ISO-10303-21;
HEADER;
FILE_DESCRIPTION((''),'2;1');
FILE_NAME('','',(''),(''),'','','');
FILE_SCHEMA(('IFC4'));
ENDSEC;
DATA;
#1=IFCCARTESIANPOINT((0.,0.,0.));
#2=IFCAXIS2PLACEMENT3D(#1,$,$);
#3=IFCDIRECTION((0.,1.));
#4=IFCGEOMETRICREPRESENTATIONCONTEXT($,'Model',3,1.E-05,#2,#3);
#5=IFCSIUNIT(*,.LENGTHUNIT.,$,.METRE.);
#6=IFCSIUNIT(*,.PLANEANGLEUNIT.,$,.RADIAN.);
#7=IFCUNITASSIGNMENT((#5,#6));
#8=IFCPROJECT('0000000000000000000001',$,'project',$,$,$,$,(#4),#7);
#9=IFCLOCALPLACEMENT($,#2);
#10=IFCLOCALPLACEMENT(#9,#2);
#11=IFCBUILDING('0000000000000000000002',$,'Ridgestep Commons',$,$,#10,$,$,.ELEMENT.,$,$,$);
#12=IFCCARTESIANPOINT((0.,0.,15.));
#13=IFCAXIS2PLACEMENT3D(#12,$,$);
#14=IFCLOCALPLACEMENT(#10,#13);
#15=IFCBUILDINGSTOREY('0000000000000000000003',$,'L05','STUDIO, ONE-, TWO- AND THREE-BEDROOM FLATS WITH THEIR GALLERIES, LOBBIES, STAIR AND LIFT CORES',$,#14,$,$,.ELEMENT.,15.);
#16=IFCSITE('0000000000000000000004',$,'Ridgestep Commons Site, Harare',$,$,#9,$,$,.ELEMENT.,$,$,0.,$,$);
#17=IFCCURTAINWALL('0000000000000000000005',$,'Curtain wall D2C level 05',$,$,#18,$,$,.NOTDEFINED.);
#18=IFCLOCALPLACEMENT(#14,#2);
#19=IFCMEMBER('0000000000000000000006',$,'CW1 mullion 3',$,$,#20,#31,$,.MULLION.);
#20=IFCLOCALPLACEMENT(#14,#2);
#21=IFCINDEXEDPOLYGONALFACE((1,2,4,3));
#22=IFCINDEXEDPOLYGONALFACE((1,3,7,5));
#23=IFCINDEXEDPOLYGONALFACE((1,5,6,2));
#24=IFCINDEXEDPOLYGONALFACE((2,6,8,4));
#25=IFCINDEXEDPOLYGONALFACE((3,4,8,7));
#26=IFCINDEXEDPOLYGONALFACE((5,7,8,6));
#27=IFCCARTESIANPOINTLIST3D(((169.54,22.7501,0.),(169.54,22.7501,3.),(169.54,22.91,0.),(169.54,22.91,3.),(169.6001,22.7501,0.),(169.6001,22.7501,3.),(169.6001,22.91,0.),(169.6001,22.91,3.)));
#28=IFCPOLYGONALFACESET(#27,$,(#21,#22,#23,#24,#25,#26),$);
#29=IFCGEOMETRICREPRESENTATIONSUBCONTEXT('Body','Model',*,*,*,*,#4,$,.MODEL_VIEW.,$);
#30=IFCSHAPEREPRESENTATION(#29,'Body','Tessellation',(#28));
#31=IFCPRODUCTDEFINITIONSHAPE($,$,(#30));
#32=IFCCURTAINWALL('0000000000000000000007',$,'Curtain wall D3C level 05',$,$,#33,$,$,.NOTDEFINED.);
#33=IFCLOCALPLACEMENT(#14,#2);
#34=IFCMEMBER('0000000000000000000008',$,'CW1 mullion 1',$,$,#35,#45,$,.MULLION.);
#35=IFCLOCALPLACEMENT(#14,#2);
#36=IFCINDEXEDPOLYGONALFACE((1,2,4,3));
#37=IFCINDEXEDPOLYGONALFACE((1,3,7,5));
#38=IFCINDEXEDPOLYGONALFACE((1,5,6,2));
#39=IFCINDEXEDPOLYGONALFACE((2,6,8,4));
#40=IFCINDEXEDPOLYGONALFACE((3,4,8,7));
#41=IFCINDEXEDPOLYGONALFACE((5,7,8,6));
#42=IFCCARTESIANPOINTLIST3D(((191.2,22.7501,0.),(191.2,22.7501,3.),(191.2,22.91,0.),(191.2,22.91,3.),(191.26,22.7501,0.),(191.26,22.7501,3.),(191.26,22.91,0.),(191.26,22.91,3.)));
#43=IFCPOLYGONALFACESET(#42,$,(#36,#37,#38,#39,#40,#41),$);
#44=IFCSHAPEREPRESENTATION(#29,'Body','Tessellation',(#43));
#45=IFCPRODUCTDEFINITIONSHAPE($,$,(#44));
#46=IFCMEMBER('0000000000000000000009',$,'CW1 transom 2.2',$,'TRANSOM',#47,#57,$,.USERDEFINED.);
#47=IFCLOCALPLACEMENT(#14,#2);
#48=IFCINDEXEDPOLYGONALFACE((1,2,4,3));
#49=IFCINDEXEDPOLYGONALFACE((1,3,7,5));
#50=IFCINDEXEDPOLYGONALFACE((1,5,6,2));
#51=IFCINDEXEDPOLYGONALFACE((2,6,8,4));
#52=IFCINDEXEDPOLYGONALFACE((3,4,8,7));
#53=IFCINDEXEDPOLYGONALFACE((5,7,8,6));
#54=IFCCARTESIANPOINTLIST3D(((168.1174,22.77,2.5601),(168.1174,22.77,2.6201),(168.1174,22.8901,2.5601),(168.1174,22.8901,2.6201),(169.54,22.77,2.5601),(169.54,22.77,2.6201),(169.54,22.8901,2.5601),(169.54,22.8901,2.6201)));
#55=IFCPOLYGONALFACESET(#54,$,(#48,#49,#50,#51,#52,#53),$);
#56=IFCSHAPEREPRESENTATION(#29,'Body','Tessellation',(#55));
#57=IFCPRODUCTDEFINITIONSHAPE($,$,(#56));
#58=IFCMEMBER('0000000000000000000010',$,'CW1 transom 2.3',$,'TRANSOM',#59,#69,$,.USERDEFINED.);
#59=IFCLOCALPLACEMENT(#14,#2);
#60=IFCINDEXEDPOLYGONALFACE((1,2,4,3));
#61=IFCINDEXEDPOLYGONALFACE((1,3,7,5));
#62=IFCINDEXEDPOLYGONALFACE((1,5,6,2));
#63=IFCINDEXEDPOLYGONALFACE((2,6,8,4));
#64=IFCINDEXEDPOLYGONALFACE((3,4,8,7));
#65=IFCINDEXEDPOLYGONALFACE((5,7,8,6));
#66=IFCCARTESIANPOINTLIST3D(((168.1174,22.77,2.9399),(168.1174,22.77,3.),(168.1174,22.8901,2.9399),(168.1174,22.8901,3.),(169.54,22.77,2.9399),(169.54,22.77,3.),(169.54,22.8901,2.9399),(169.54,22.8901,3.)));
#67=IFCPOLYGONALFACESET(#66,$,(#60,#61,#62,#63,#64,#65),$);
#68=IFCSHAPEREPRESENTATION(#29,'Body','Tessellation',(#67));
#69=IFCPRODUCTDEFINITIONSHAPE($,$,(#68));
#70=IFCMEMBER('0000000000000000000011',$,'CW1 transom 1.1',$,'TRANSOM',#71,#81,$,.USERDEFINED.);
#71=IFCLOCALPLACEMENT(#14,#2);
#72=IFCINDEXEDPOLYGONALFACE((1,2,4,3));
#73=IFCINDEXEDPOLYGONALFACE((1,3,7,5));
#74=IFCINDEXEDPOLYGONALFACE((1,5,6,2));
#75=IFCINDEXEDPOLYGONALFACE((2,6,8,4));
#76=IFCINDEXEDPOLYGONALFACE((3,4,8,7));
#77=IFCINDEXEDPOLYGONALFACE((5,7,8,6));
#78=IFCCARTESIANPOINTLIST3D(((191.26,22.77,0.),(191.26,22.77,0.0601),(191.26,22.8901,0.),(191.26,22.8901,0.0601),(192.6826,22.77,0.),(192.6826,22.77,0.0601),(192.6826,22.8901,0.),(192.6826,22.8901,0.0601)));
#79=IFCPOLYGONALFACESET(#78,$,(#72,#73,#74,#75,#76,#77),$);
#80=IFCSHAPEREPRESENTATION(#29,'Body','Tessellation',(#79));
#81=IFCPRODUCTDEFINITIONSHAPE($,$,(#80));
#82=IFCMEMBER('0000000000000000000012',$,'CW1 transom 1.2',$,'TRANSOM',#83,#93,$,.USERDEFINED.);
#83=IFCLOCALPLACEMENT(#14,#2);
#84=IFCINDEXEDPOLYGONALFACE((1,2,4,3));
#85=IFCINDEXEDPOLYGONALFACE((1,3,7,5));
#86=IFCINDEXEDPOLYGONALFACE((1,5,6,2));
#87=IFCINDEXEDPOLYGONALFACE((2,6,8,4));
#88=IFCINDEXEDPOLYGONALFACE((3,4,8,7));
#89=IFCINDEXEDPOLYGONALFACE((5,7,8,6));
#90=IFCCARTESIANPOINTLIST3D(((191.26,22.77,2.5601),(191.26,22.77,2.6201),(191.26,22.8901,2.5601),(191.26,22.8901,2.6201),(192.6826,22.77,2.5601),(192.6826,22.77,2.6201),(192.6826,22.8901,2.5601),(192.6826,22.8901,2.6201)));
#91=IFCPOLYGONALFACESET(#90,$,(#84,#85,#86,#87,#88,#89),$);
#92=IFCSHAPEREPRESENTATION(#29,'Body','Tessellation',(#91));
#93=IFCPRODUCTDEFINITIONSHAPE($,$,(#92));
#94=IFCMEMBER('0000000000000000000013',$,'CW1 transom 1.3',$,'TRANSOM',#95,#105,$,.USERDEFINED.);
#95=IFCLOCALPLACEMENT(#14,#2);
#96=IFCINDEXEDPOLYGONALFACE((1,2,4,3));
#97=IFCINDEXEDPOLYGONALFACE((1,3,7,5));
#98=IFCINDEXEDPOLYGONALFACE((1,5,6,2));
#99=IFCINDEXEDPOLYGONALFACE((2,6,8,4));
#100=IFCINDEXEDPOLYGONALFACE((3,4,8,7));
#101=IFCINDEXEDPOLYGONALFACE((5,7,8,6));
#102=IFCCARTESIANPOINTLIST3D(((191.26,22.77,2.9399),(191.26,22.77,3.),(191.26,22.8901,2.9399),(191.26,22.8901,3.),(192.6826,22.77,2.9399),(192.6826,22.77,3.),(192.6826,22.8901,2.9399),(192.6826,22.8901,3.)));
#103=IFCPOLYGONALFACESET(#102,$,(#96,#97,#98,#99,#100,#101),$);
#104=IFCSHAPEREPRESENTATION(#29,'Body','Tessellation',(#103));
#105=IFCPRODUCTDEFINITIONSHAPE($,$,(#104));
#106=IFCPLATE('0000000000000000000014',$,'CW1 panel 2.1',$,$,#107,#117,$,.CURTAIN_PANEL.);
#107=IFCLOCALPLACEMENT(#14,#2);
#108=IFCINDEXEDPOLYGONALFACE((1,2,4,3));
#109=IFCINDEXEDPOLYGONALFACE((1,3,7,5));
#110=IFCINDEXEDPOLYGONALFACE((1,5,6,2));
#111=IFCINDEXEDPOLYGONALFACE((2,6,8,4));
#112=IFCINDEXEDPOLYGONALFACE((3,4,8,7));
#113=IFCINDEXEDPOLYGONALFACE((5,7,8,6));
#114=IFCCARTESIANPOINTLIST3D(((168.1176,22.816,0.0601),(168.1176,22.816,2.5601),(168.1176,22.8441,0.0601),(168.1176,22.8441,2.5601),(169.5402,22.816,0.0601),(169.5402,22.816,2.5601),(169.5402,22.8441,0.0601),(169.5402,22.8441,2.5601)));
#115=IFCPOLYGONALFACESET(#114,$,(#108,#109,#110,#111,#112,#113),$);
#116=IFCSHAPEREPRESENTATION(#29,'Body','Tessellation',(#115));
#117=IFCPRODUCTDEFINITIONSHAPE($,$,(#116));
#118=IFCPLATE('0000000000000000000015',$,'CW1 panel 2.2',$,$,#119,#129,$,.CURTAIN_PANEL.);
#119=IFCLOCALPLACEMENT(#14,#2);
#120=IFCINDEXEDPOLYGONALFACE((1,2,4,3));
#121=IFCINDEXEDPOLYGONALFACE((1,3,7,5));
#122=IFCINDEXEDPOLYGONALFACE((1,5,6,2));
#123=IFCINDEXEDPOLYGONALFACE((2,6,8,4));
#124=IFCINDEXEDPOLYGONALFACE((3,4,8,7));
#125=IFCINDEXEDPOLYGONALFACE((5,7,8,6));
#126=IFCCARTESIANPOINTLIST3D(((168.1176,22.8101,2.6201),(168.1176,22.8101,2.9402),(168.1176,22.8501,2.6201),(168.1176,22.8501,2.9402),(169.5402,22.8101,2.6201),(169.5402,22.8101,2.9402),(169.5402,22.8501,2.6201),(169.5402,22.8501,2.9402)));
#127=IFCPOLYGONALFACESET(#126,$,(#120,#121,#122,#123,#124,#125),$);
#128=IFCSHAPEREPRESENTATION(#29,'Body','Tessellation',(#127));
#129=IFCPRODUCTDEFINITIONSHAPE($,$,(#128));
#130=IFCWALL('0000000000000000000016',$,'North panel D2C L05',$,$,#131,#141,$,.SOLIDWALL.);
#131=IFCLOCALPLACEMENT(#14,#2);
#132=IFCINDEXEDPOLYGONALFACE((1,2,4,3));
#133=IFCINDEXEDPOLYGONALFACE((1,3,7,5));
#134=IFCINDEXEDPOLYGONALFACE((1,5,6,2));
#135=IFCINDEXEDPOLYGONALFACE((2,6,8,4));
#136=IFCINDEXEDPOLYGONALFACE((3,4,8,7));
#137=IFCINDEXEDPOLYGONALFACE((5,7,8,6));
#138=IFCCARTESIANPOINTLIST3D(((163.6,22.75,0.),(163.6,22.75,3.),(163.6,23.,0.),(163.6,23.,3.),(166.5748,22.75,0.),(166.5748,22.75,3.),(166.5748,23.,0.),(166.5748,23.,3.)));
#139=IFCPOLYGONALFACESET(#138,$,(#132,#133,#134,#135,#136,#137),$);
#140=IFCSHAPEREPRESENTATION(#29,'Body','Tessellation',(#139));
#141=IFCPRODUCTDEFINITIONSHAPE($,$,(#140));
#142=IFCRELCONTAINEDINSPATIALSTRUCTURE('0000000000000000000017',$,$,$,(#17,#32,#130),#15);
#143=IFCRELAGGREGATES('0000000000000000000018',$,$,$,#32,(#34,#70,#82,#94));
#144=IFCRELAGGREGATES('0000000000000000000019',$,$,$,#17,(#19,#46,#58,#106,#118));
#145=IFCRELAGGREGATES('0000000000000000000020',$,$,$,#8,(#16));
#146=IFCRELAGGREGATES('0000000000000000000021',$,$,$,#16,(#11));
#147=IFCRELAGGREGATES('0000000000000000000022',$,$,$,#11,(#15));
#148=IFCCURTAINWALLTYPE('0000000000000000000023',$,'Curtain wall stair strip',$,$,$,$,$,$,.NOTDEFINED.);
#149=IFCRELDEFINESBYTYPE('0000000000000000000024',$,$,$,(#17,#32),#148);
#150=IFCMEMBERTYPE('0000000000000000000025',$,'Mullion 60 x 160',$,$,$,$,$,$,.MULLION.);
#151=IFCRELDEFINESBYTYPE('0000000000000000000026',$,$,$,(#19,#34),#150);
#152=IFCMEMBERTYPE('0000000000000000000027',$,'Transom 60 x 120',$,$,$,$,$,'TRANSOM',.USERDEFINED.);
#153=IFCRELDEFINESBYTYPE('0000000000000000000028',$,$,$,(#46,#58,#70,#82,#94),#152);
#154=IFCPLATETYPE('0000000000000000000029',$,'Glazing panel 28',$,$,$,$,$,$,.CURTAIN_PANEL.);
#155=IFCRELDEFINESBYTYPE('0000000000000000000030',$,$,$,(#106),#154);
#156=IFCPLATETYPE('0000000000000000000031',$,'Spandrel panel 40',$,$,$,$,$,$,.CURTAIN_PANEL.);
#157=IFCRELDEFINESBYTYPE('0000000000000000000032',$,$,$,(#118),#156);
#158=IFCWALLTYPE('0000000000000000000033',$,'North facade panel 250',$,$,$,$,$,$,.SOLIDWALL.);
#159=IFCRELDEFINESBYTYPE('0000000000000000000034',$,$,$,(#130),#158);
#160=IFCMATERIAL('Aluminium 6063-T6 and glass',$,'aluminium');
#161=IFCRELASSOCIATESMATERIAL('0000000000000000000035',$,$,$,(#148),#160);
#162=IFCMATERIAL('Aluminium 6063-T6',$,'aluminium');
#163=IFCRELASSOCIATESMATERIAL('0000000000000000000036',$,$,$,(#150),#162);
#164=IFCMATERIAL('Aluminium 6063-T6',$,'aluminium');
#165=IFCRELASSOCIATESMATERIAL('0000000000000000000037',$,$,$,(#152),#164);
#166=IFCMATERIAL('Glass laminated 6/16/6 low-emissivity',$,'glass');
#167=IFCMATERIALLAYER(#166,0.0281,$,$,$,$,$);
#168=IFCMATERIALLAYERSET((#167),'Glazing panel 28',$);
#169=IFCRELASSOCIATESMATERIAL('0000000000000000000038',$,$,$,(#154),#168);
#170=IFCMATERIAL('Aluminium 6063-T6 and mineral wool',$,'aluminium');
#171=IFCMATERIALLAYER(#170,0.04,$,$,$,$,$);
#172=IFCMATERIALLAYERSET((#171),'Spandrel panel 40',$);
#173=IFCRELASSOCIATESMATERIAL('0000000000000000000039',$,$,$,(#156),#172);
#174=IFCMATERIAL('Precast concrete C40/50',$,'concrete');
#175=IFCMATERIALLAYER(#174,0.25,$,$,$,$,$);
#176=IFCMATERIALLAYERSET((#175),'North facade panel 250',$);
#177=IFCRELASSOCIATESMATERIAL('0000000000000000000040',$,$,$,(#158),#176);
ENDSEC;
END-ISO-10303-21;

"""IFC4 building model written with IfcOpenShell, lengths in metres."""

from ifc_helpers import new_model, si_unit, direction, frame, frame_2d, origin, origin_2d, place, context, subcontext, project, spatial, rectangle, extrude, material, layer, layer_set, material_profile, profile_set, type_object, element, aggregate, save


model = new_model("IFC4")

# Units and contexts
model_context = context("Model", 3, precision=1e-05, world=origin(), true_north=direction((0.0, 1.0)))
body_context = subcontext(model_context, "Body", "Model", "MODEL_VIEW")
ifc_project = project(units=[si_unit("LENGTHUNIT", "METRE"), si_unit("PLANEANGLEUNIT", "RADIAN")], contexts=[model_context])

# Site, building, storey
site_placement = place(None, origin())
site = spatial("IfcSite", under=ifc_project, at=site_placement, Name="Ridgestep Commons Site, Harare", CompositionType="ELEMENT", RefElevation=0.0)
building_placement = place(site_placement, origin())
building = spatial("IfcBuilding", under=site, at=building_placement, Name="Ridgestep Commons", CompositionType="ELEMENT")
storey_placement = place(building_placement, frame((0.0, 0.0, 15.0)))
storey = spatial("IfcBuildingStorey", under=building, at=storey_placement, Name="L05", Description="STUDIO, ONE-, TWO- AND THREE-BEDROOM FLATS WITH THEIR GALLERIES, LOBBIES, STAIR AND LIFT CORES", CompositionType="ELEMENT", Elevation=15.0)

# Curtain walls, members
ifc_material_1 = material(Name="Aluminium 6063-T6 and glass", Category="aluminium")
curtain_wall_type = type_object("IfcCurtainWallType", Name="Curtain wall stair strip", PredefinedType="NOTDEFINED", material=ifc_material_1)
curtain_wall_1_placement = place(storey_placement, origin())
curtain_wall_1 = element("IfcCurtainWall", 1, at=curtain_wall_1_placement, inside=storey, type_object=curtain_wall_type, Name="Curtain wall D2C level 05", PredefinedType="NOTDEFINED")
ifc_material_2 = material(Name="Aluminium 6063-T6", Category="aluminium")
ifc_material_profile_1 = material_profile(ifc_material_2, rectangle(XDim=0.1599, YDim=0.0601, at=origin_2d()), Name="Mullion 60 x 160")
ifc_profile_set_1 = profile_set([ifc_material_profile_1], Name="Aluminium 6063-T6")
member_type_1 = type_object("IfcMemberType", Name="Mullion 60 x 160", PredefinedType="MULLION", material=ifc_profile_set_1)
member_1_placement = place(storey_placement, frame((169.5701, 22.8301, 0.0), z_axis=(0.0, 0.0, 1.0), x_axis=(0.0, 1.0, 0.0)))
member_1 = element("IfcMember", 2, at=member_1_placement, type_object=member_type_1, Name="CW1 mullion 3", PredefinedType="MULLION", context=body_context, shape_type="SweptSolid", body=[
    extrude(rectangle(XDim=0.1599, YDim=0.0601, at=origin_2d()), origin(), (0.0, 0.0, 1.0), 3.0),
])
curtain_wall_2_placement = place(storey_placement, origin())
curtain_wall_2 = element("IfcCurtainWall", 3, at=curtain_wall_2_placement, inside=storey, type_object=curtain_wall_type, Name="Curtain wall D3C level 05", PredefinedType="NOTDEFINED")
member_2_placement = place(storey_placement, frame((191.23, 22.8301, 0.0), z_axis=(0.0, 0.0, 1.0), x_axis=(0.0, 1.0, 0.0)))
member_2 = element("IfcMember", 4, at=member_2_placement, type_object=member_type_1, Name="CW1 mullion 1", PredefinedType="MULLION", context=body_context, shape_type="SweptSolid", body=[
    extrude(rectangle(XDim=0.1599, YDim=0.0601, at=origin_2d()), origin(), (0.0, 0.0, 1.0), 3.0),
])

# Members
ifc_material_3 = material(Name="Aluminium 6063-T6", Category="aluminium")
ifc_material_profile_2 = material_profile(ifc_material_3, rectangle(XDim=0.1201, YDim=0.0601, at=origin_2d()), Name="Transom 60 x 120")
ifc_profile_set_2 = profile_set([ifc_material_profile_2], Name="Aluminium 6063-T6")
member_type_2 = type_object("IfcMemberType", Name="Transom 60 x 120", ElementType="TRANSOM", PredefinedType="USERDEFINED", material=ifc_profile_set_2)
member_3_placement = place(storey_placement, frame((168.1174, 22.8301, 2.5901), z_axis=(1.0, 0.0, 0.0), x_axis=(0.0, 1.0, 0.0)))
member_3 = element("IfcMember", 5, at=member_3_placement, type_object=member_type_2, Name="CW1 transom 2.2", ObjectType="TRANSOM", PredefinedType="USERDEFINED", context=body_context, shape_type="SweptSolid", body=[
    extrude(rectangle(XDim=0.1201, YDim=0.0601, at=origin_2d()), origin(), (0.0, 0.0, 1.0), 1.4226),
])
member_4_placement = place(storey_placement, frame((168.1174, 22.8301, 2.97), z_axis=(1.0, 0.0, 0.0), x_axis=(0.0, 1.0, 0.0)))
member_4 = element("IfcMember", 6, at=member_4_placement, type_object=member_type_2, Name="CW1 transom 2.3", ObjectType="TRANSOM", PredefinedType="USERDEFINED", context=body_context, shape_type="SweptSolid", body=[
    extrude(rectangle(XDim=0.1201, YDim=0.0601, at=origin_2d()), origin(), (0.0, 0.0, 1.0), 1.4226),
])
member_5_placement = place(storey_placement, frame((191.26, 22.8301, 0.03), z_axis=(1.0, 0.0, 0.0), x_axis=(0.0, 1.0, 0.0)))
member_5 = element("IfcMember", 7, at=member_5_placement, type_object=member_type_2, Name="CW1 transom 1.1", ObjectType="TRANSOM", PredefinedType="USERDEFINED", context=body_context, shape_type="SweptSolid", body=[
    extrude(rectangle(XDim=0.1201, YDim=0.0601, at=origin_2d()), origin(), (0.0, 0.0, 1.0), 1.4226),
])
member_6_placement = place(storey_placement, frame((191.26, 22.8301, 2.5901), z_axis=(1.0, 0.0, 0.0), x_axis=(0.0, 1.0, 0.0)))
member_6 = element("IfcMember", 8, at=member_6_placement, type_object=member_type_2, Name="CW1 transom 1.2", ObjectType="TRANSOM", PredefinedType="USERDEFINED", context=body_context, shape_type="SweptSolid", body=[
    extrude(rectangle(XDim=0.1201, YDim=0.0601, at=origin_2d()), origin(), (0.0, 0.0, 1.0), 1.4226),
])
member_7_placement = place(storey_placement, frame((191.26, 22.8301, 2.97), z_axis=(1.0, 0.0, 0.0), x_axis=(0.0, 1.0, 0.0)))
member_7 = element("IfcMember", 9, at=member_7_placement, type_object=member_type_2, Name="CW1 transom 1.3", ObjectType="TRANSOM", PredefinedType="USERDEFINED", context=body_context, shape_type="SweptSolid", body=[
    extrude(rectangle(XDim=0.1201, YDim=0.0601, at=origin_2d()), origin(), (0.0, 0.0, 1.0), 1.4226),
])
aggregate(curtain_wall_2, [member_2, member_5, member_6, member_7])

# Plates
ifc_material_4 = material(Name="Glass laminated 6/16/6 low-emissivity", Category="glass")
ifc_layer_1 = layer(ifc_material_4, 0.0281)
ifc_layer_set_1 = layer_set([ifc_layer_1], Name="Glazing panel 28")
plate_type_1 = type_object("IfcPlateType", Name="Glazing panel 28", PredefinedType="CURTAIN_PANEL", material=ifc_layer_set_1)
plate_1_placement = place(storey_placement, frame((168.8289, 22.8301, 0.0601), z_axis=(0.0, 0.0, 1.0), x_axis=(1.0, 0.0, 0.0)))
plate_1 = element("IfcPlate", 10, at=plate_1_placement, type_object=plate_type_1, Name="CW1 panel 2.1", PredefinedType="CURTAIN_PANEL", context=body_context, shape_type="SweptSolid", body=[
    extrude(rectangle(XDim=1.4226, YDim=0.0281, at=origin_2d()), origin(), (0.0, 0.0, 1.0), 2.5),
])
ifc_material_5 = material(Name="Aluminium 6063-T6 and mineral wool", Category="aluminium")
ifc_layer_2 = layer(ifc_material_5, 0.04)
ifc_layer_set_2 = layer_set([ifc_layer_2], Name="Spandrel panel 40")
plate_type_2 = type_object("IfcPlateType", Name="Spandrel panel 40", PredefinedType="CURTAIN_PANEL", material=ifc_layer_set_2)
plate_2_placement = place(storey_placement, frame((168.8289, 22.8301, 2.6201), z_axis=(0.0, 0.0, 1.0), x_axis=(1.0, 0.0, 0.0)))
plate_2 = element("IfcPlate", 11, at=plate_2_placement, type_object=plate_type_2, Name="CW1 panel 2.2", PredefinedType="CURTAIN_PANEL", context=body_context, shape_type="SweptSolid", body=[
    extrude(rectangle(XDim=1.4226, YDim=0.04, at=origin_2d()), origin(), (0.0, 0.0, 1.0), 0.3201),
])
aggregate(curtain_wall_1, [member_1, member_3, member_4, plate_1, plate_2])

# Wall
ifc_material_6 = material(Name="Precast concrete C40/50", Category="concrete")
ifc_layer_3 = layer(ifc_material_6, 0.25)
ifc_layer_set_3 = layer_set([ifc_layer_3], Name="North facade panel 250")
wall_type = type_object("IfcWallType", Name="North facade panel 250", PredefinedType="SOLIDWALL", material=ifc_layer_set_3)
wall_1_placement = place(storey_placement, frame((163.6001, 22.875, 0.0), z_axis=(0.0, 0.0, 1.0), x_axis=(1.0, 0.0, 0.0)))
element("IfcWall", 12, at=wall_1_placement, inside=storey, type_object=wall_type, Name="North panel D2C L05", PredefinedType="SOLIDWALL", context=body_context, shape_type="SweptSolid", body=[
    extrude(rectangle(XDim=2.9749, YDim=0.25, at=frame_2d((1.4873, 0.0))), origin(), (0.0, 0.0, 1.0), 3.0),
])

save(model, "model.ifc")
